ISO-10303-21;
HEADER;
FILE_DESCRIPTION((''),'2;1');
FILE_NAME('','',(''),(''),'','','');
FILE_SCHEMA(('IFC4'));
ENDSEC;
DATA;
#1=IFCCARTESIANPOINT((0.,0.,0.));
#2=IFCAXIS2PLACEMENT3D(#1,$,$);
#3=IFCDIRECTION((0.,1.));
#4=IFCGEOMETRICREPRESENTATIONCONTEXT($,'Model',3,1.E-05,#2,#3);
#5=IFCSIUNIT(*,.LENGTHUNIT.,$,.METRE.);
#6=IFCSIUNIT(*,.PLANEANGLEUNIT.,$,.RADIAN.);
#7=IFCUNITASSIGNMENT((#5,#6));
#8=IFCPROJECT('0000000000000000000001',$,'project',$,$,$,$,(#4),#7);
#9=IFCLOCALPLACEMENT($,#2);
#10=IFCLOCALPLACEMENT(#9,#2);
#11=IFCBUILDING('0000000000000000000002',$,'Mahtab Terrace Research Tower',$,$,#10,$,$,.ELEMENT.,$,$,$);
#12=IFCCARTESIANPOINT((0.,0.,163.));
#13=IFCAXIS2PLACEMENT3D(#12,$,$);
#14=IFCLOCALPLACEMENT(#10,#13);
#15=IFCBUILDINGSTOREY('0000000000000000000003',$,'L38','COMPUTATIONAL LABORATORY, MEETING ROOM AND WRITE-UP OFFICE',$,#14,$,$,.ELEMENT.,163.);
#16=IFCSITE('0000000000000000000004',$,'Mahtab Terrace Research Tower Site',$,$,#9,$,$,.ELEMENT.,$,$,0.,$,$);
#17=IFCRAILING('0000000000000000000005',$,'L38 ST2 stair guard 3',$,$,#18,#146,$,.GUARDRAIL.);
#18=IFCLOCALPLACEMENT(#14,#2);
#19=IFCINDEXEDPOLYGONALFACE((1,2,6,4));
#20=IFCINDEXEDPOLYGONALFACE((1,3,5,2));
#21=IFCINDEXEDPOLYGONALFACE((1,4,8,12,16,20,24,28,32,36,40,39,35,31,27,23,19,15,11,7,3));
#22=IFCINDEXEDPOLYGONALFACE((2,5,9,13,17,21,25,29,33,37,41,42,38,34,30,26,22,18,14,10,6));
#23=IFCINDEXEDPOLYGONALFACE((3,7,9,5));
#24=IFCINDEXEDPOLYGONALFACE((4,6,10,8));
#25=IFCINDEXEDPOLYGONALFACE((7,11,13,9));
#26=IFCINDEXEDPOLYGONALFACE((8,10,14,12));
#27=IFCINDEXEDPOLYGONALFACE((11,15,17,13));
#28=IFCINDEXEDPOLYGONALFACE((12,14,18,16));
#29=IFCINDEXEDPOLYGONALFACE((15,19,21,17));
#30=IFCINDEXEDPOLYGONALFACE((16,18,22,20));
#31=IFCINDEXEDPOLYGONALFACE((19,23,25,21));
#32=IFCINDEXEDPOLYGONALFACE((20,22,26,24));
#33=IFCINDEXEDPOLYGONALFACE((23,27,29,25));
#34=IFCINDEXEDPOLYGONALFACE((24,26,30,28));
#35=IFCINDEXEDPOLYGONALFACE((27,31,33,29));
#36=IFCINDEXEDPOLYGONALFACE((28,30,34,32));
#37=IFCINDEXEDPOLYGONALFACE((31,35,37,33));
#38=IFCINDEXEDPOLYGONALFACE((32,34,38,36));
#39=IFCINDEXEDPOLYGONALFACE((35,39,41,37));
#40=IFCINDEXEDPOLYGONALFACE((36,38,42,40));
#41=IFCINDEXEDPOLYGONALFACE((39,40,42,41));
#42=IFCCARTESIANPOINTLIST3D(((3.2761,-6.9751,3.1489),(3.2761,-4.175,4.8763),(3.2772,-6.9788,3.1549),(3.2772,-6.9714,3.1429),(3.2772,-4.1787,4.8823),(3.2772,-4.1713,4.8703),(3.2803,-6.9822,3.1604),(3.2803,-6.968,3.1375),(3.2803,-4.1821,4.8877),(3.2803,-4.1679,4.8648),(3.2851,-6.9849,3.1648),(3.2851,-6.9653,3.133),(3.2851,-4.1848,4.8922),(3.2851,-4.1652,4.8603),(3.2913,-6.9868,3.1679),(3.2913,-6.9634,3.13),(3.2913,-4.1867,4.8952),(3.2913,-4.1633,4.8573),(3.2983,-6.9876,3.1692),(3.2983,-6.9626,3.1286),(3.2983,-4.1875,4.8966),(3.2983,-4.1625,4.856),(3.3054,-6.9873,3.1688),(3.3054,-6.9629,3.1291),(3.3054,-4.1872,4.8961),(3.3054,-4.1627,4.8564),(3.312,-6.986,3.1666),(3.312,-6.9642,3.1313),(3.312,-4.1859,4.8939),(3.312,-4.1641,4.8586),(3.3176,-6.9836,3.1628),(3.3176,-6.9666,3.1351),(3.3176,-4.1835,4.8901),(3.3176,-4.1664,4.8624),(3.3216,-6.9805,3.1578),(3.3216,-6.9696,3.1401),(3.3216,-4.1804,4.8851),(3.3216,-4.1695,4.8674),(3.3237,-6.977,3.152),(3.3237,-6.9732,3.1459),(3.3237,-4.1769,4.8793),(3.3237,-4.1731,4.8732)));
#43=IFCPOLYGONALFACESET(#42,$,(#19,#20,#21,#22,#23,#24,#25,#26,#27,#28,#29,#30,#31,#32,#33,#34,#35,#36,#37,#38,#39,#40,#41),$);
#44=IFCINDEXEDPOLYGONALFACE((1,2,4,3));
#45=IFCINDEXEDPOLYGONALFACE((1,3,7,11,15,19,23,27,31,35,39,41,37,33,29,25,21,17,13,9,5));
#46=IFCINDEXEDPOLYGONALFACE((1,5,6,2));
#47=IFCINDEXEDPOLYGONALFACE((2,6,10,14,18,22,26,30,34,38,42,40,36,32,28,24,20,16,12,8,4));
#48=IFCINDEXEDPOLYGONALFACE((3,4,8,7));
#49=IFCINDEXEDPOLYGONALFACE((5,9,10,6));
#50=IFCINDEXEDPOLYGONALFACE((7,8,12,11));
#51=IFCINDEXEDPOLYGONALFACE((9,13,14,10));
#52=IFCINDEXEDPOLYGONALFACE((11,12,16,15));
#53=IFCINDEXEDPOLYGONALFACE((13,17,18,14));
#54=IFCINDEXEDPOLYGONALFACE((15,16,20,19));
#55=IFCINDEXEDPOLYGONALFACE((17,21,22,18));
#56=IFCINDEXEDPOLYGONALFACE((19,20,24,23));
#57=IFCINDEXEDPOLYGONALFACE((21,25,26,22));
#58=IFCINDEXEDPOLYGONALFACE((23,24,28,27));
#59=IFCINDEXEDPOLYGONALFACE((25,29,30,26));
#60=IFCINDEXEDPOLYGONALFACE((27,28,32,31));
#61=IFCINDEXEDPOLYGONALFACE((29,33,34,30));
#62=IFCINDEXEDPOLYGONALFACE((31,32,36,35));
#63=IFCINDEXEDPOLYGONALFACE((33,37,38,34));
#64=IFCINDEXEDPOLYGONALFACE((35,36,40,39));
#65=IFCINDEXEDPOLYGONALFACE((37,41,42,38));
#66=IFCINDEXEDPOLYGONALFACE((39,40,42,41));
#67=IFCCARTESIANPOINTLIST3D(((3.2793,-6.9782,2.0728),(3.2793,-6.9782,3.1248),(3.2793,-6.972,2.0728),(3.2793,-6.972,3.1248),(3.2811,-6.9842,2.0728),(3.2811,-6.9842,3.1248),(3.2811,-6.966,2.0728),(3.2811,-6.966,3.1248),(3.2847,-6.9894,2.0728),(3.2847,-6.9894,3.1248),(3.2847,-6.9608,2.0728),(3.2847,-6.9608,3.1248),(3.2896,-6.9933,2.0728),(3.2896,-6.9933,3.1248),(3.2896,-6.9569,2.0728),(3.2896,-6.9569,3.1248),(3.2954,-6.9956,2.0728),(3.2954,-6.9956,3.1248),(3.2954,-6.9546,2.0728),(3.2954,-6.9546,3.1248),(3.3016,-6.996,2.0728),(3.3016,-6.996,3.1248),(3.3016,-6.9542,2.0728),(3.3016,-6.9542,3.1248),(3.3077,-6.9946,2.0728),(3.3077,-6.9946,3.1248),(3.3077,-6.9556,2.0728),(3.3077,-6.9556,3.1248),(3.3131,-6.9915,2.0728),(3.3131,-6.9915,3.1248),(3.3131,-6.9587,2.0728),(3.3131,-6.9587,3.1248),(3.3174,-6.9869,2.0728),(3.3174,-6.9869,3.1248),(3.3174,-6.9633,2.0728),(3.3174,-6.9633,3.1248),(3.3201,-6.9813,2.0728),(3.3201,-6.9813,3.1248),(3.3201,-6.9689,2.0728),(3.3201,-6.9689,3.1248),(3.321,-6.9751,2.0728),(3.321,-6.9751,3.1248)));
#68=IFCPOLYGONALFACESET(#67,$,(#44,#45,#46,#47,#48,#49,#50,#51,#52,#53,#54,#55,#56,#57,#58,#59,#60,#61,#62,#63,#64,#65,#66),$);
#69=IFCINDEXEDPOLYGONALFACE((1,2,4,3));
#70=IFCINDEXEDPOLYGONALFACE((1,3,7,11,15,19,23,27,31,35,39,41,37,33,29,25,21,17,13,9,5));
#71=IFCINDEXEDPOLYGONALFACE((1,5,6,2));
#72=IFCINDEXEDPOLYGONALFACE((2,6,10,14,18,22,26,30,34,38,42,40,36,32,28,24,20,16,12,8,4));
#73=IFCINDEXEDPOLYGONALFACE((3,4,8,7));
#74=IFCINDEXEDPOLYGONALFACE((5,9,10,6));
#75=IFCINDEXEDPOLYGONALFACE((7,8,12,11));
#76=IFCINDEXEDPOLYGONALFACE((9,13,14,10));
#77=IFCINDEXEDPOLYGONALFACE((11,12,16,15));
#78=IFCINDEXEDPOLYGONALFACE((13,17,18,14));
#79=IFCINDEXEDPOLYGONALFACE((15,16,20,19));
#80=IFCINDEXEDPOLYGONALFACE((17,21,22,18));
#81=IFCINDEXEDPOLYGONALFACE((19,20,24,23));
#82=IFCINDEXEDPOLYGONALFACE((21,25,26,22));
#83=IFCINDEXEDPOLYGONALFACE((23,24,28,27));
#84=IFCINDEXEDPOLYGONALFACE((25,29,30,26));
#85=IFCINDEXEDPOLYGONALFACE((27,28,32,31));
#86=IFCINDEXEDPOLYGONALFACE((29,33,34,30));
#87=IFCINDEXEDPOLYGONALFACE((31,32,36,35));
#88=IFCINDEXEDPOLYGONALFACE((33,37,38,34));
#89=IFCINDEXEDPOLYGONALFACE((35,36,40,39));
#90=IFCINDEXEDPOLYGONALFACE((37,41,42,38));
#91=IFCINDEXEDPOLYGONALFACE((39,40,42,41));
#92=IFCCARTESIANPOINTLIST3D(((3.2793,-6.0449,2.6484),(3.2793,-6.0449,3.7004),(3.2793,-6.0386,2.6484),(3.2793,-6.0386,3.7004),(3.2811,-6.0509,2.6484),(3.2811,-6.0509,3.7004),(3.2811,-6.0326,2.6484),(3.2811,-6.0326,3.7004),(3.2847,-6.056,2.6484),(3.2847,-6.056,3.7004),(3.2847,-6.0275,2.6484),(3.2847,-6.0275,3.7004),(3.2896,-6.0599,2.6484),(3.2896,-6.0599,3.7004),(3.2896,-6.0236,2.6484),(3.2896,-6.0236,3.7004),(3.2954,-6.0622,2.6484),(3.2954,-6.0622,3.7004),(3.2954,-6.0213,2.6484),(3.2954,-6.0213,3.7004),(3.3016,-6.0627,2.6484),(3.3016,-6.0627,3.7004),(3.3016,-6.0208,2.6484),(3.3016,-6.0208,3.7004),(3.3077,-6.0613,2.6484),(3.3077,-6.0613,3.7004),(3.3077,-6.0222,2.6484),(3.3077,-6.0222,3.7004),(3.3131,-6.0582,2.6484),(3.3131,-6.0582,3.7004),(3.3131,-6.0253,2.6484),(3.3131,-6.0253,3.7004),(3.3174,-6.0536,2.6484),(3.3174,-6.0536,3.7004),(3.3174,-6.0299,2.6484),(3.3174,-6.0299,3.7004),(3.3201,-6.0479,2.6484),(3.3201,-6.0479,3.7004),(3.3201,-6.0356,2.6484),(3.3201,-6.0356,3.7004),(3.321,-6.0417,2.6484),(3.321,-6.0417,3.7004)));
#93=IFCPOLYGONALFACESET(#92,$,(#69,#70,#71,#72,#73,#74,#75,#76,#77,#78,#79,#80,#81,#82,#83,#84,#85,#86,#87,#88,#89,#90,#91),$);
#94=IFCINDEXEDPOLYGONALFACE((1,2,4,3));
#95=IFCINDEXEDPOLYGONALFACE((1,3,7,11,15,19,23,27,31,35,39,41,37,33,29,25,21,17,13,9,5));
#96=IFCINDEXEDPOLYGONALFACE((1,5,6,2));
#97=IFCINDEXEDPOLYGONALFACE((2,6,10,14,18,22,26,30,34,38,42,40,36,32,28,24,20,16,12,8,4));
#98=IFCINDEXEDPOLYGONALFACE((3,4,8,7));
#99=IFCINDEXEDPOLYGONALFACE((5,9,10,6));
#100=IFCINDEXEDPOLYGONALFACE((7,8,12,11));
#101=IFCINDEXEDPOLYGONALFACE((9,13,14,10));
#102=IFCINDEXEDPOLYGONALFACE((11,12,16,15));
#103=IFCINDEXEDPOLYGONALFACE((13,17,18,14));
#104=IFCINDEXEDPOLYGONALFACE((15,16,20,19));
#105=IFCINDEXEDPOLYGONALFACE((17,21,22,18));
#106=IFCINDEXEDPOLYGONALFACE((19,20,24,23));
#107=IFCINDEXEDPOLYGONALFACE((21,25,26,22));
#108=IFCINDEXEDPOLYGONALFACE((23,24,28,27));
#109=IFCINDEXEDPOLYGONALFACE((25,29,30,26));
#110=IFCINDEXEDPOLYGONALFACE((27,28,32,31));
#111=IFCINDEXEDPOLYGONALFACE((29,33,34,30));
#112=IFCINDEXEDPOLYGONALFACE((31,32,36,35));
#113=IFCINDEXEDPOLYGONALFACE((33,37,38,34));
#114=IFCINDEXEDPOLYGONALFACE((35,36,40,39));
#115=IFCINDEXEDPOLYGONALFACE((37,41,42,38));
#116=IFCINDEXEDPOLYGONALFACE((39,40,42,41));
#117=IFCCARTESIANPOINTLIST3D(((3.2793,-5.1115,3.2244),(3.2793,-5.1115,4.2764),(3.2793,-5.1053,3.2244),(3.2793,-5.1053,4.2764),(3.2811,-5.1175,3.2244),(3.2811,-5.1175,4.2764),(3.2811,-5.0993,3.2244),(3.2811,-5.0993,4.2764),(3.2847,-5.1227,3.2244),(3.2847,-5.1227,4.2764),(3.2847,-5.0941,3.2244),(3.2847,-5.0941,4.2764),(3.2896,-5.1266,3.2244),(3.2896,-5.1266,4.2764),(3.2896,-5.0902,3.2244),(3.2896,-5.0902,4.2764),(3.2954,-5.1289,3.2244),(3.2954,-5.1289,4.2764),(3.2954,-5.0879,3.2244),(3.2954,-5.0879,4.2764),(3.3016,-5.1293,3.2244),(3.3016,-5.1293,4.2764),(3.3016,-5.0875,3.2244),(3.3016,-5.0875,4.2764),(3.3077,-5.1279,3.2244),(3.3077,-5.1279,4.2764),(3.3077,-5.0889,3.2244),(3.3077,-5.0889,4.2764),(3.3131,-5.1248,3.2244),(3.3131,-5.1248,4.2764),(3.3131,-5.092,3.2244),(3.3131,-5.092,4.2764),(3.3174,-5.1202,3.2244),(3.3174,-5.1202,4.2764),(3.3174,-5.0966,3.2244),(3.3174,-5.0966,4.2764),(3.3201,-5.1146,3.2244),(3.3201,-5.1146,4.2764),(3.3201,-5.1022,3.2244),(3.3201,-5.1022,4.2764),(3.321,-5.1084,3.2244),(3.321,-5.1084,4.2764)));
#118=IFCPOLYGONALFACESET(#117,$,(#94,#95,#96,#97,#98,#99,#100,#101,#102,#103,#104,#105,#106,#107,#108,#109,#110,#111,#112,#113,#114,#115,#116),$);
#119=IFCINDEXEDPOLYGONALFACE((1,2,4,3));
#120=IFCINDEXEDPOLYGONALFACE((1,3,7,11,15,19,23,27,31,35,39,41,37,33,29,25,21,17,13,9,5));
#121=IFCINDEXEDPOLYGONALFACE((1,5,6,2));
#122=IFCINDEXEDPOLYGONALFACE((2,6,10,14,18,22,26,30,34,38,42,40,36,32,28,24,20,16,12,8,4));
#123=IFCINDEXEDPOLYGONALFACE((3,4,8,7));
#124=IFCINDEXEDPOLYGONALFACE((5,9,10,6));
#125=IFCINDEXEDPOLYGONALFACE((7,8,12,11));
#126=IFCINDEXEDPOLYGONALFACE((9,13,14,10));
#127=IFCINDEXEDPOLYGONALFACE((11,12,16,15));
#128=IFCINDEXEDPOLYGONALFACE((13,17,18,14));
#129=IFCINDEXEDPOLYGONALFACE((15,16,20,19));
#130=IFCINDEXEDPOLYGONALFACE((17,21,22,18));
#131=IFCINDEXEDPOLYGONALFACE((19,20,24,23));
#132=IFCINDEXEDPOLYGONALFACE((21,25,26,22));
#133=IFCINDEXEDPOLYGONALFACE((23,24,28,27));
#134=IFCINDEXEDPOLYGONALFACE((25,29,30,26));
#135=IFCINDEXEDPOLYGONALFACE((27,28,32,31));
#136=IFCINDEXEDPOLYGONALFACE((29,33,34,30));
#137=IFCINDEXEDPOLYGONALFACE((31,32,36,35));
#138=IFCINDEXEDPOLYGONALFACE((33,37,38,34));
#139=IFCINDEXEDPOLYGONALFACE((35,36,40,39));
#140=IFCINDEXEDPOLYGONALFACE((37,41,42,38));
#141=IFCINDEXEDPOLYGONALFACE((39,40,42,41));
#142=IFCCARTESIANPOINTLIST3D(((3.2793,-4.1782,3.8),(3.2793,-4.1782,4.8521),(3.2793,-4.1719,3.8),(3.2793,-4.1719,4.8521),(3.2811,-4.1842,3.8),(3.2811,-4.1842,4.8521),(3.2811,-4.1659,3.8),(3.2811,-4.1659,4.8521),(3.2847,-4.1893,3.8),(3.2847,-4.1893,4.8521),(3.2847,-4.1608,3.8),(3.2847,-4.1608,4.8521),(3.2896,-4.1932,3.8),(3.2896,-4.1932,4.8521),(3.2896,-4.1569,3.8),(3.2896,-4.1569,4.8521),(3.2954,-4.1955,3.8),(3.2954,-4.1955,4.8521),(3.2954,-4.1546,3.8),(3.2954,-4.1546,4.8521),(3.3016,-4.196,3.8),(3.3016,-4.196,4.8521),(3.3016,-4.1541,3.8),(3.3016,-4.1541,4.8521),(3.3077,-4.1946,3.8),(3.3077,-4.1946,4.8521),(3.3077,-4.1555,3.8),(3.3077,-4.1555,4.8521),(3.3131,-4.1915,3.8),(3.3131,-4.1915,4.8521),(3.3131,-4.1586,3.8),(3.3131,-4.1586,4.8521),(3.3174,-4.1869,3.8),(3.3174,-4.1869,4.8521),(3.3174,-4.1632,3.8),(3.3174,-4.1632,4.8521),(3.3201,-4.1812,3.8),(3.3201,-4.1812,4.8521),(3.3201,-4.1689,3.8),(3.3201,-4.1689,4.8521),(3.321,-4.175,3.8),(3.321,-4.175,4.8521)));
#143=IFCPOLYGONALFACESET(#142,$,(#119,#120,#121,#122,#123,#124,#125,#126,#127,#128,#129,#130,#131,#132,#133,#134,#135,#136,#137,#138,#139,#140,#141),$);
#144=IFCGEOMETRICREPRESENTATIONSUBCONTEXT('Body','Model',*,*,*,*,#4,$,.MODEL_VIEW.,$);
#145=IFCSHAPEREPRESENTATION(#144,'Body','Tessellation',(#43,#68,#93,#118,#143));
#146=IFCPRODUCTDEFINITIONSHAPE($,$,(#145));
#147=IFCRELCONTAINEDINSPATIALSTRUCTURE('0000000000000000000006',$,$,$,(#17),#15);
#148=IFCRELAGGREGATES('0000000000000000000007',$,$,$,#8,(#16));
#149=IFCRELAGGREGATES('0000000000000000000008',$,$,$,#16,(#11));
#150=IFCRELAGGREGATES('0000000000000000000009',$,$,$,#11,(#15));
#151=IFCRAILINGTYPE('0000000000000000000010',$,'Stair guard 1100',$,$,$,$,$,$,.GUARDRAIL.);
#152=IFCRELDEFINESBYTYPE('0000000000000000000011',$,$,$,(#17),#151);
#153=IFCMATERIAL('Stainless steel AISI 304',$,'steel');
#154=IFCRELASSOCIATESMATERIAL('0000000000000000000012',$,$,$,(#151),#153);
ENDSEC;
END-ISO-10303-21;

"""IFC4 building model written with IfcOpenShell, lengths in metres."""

from ifc_helpers import new_model, si_unit, direction, frame, origin, origin_2d, place, context, subcontext, project, spatial, circle, extrude, material, type_object, element, save


model = new_model("IFC4")

# Units and contexts
model_context = context("Model", 3, precision=1e-05, world=origin(), true_north=direction((0.0, 1.0)))
body_context = subcontext(model_context, "Body", "Model", "MODEL_VIEW")
ifc_project = project(units=[si_unit("LENGTHUNIT", "METRE"), si_unit("PLANEANGLEUNIT", "RADIAN")], contexts=[model_context])

# Site, building, storey
site_placement = place(None, origin())
site = spatial("IfcSite", under=ifc_project, at=site_placement, Name="Mahtab Terrace Research Tower Site", CompositionType="ELEMENT", RefElevation=0.0)
building_placement = place(site_placement, origin())
building = spatial("IfcBuilding", under=site, at=building_placement, Name="Mahtab Terrace Research Tower", CompositionType="ELEMENT")
storey_placement = place(building_placement, frame((0.0, 0.0, 163.0)))
storey = spatial("IfcBuildingStorey", under=building, at=storey_placement, Name="L38", Description="COMPUTATIONAL LABORATORY, MEETING ROOM AND WRITE-UP OFFICE", CompositionType="ELEMENT", Elevation=163.0)

# Railing
ifc_material_1 = material(Name="Stainless steel AISI 304", Category="steel")
railing_type_1 = type_object("IfcRailingType", Name="Stair guard 1100", PredefinedType="GUARDRAIL", material=ifc_material_1)
railing_1_placement = place(storey_placement, frame((3.3, -6.9751, 2.0728)))
element("IfcRailing", 1, at=railing_1_placement, inside=storey, type_object=railing_type_1, Name="L38 ST2 stair guard 3", PredefinedType="GUARDRAIL", context=body_context, shape_type="SweptSolid", body=[
    extrude(circle(Radius=0.0239, at=origin_2d()), frame((0.0, 0.0, 1.0762), z_axis=(0.0, 0.85109, 0.52502), x_axis=(-1.0, 0.0, 0.0)), (0.0, 0.0, 1.0), 3.29),
    extrude(circle(Radius=0.021, at=origin_2d()), origin(), (0.0, 0.0, 1.0), 1.052),
    extrude(circle(Radius=0.021, at=origin_2d()), frame((0.0, 0.9333, 0.5757)), (0.0, 0.0, 1.0), 1.052),
    extrude(circle(Radius=0.021, at=origin_2d()), frame((0.0, 1.8667, 1.1516)), (0.0, 0.0, 1.0), 1.052),
    extrude(circle(Radius=0.021, at=origin_2d()), frame((0.0, 2.8, 1.7273)), (0.0, 0.0, 1.0), 1.052),
])

save(model, "model.ifc")
